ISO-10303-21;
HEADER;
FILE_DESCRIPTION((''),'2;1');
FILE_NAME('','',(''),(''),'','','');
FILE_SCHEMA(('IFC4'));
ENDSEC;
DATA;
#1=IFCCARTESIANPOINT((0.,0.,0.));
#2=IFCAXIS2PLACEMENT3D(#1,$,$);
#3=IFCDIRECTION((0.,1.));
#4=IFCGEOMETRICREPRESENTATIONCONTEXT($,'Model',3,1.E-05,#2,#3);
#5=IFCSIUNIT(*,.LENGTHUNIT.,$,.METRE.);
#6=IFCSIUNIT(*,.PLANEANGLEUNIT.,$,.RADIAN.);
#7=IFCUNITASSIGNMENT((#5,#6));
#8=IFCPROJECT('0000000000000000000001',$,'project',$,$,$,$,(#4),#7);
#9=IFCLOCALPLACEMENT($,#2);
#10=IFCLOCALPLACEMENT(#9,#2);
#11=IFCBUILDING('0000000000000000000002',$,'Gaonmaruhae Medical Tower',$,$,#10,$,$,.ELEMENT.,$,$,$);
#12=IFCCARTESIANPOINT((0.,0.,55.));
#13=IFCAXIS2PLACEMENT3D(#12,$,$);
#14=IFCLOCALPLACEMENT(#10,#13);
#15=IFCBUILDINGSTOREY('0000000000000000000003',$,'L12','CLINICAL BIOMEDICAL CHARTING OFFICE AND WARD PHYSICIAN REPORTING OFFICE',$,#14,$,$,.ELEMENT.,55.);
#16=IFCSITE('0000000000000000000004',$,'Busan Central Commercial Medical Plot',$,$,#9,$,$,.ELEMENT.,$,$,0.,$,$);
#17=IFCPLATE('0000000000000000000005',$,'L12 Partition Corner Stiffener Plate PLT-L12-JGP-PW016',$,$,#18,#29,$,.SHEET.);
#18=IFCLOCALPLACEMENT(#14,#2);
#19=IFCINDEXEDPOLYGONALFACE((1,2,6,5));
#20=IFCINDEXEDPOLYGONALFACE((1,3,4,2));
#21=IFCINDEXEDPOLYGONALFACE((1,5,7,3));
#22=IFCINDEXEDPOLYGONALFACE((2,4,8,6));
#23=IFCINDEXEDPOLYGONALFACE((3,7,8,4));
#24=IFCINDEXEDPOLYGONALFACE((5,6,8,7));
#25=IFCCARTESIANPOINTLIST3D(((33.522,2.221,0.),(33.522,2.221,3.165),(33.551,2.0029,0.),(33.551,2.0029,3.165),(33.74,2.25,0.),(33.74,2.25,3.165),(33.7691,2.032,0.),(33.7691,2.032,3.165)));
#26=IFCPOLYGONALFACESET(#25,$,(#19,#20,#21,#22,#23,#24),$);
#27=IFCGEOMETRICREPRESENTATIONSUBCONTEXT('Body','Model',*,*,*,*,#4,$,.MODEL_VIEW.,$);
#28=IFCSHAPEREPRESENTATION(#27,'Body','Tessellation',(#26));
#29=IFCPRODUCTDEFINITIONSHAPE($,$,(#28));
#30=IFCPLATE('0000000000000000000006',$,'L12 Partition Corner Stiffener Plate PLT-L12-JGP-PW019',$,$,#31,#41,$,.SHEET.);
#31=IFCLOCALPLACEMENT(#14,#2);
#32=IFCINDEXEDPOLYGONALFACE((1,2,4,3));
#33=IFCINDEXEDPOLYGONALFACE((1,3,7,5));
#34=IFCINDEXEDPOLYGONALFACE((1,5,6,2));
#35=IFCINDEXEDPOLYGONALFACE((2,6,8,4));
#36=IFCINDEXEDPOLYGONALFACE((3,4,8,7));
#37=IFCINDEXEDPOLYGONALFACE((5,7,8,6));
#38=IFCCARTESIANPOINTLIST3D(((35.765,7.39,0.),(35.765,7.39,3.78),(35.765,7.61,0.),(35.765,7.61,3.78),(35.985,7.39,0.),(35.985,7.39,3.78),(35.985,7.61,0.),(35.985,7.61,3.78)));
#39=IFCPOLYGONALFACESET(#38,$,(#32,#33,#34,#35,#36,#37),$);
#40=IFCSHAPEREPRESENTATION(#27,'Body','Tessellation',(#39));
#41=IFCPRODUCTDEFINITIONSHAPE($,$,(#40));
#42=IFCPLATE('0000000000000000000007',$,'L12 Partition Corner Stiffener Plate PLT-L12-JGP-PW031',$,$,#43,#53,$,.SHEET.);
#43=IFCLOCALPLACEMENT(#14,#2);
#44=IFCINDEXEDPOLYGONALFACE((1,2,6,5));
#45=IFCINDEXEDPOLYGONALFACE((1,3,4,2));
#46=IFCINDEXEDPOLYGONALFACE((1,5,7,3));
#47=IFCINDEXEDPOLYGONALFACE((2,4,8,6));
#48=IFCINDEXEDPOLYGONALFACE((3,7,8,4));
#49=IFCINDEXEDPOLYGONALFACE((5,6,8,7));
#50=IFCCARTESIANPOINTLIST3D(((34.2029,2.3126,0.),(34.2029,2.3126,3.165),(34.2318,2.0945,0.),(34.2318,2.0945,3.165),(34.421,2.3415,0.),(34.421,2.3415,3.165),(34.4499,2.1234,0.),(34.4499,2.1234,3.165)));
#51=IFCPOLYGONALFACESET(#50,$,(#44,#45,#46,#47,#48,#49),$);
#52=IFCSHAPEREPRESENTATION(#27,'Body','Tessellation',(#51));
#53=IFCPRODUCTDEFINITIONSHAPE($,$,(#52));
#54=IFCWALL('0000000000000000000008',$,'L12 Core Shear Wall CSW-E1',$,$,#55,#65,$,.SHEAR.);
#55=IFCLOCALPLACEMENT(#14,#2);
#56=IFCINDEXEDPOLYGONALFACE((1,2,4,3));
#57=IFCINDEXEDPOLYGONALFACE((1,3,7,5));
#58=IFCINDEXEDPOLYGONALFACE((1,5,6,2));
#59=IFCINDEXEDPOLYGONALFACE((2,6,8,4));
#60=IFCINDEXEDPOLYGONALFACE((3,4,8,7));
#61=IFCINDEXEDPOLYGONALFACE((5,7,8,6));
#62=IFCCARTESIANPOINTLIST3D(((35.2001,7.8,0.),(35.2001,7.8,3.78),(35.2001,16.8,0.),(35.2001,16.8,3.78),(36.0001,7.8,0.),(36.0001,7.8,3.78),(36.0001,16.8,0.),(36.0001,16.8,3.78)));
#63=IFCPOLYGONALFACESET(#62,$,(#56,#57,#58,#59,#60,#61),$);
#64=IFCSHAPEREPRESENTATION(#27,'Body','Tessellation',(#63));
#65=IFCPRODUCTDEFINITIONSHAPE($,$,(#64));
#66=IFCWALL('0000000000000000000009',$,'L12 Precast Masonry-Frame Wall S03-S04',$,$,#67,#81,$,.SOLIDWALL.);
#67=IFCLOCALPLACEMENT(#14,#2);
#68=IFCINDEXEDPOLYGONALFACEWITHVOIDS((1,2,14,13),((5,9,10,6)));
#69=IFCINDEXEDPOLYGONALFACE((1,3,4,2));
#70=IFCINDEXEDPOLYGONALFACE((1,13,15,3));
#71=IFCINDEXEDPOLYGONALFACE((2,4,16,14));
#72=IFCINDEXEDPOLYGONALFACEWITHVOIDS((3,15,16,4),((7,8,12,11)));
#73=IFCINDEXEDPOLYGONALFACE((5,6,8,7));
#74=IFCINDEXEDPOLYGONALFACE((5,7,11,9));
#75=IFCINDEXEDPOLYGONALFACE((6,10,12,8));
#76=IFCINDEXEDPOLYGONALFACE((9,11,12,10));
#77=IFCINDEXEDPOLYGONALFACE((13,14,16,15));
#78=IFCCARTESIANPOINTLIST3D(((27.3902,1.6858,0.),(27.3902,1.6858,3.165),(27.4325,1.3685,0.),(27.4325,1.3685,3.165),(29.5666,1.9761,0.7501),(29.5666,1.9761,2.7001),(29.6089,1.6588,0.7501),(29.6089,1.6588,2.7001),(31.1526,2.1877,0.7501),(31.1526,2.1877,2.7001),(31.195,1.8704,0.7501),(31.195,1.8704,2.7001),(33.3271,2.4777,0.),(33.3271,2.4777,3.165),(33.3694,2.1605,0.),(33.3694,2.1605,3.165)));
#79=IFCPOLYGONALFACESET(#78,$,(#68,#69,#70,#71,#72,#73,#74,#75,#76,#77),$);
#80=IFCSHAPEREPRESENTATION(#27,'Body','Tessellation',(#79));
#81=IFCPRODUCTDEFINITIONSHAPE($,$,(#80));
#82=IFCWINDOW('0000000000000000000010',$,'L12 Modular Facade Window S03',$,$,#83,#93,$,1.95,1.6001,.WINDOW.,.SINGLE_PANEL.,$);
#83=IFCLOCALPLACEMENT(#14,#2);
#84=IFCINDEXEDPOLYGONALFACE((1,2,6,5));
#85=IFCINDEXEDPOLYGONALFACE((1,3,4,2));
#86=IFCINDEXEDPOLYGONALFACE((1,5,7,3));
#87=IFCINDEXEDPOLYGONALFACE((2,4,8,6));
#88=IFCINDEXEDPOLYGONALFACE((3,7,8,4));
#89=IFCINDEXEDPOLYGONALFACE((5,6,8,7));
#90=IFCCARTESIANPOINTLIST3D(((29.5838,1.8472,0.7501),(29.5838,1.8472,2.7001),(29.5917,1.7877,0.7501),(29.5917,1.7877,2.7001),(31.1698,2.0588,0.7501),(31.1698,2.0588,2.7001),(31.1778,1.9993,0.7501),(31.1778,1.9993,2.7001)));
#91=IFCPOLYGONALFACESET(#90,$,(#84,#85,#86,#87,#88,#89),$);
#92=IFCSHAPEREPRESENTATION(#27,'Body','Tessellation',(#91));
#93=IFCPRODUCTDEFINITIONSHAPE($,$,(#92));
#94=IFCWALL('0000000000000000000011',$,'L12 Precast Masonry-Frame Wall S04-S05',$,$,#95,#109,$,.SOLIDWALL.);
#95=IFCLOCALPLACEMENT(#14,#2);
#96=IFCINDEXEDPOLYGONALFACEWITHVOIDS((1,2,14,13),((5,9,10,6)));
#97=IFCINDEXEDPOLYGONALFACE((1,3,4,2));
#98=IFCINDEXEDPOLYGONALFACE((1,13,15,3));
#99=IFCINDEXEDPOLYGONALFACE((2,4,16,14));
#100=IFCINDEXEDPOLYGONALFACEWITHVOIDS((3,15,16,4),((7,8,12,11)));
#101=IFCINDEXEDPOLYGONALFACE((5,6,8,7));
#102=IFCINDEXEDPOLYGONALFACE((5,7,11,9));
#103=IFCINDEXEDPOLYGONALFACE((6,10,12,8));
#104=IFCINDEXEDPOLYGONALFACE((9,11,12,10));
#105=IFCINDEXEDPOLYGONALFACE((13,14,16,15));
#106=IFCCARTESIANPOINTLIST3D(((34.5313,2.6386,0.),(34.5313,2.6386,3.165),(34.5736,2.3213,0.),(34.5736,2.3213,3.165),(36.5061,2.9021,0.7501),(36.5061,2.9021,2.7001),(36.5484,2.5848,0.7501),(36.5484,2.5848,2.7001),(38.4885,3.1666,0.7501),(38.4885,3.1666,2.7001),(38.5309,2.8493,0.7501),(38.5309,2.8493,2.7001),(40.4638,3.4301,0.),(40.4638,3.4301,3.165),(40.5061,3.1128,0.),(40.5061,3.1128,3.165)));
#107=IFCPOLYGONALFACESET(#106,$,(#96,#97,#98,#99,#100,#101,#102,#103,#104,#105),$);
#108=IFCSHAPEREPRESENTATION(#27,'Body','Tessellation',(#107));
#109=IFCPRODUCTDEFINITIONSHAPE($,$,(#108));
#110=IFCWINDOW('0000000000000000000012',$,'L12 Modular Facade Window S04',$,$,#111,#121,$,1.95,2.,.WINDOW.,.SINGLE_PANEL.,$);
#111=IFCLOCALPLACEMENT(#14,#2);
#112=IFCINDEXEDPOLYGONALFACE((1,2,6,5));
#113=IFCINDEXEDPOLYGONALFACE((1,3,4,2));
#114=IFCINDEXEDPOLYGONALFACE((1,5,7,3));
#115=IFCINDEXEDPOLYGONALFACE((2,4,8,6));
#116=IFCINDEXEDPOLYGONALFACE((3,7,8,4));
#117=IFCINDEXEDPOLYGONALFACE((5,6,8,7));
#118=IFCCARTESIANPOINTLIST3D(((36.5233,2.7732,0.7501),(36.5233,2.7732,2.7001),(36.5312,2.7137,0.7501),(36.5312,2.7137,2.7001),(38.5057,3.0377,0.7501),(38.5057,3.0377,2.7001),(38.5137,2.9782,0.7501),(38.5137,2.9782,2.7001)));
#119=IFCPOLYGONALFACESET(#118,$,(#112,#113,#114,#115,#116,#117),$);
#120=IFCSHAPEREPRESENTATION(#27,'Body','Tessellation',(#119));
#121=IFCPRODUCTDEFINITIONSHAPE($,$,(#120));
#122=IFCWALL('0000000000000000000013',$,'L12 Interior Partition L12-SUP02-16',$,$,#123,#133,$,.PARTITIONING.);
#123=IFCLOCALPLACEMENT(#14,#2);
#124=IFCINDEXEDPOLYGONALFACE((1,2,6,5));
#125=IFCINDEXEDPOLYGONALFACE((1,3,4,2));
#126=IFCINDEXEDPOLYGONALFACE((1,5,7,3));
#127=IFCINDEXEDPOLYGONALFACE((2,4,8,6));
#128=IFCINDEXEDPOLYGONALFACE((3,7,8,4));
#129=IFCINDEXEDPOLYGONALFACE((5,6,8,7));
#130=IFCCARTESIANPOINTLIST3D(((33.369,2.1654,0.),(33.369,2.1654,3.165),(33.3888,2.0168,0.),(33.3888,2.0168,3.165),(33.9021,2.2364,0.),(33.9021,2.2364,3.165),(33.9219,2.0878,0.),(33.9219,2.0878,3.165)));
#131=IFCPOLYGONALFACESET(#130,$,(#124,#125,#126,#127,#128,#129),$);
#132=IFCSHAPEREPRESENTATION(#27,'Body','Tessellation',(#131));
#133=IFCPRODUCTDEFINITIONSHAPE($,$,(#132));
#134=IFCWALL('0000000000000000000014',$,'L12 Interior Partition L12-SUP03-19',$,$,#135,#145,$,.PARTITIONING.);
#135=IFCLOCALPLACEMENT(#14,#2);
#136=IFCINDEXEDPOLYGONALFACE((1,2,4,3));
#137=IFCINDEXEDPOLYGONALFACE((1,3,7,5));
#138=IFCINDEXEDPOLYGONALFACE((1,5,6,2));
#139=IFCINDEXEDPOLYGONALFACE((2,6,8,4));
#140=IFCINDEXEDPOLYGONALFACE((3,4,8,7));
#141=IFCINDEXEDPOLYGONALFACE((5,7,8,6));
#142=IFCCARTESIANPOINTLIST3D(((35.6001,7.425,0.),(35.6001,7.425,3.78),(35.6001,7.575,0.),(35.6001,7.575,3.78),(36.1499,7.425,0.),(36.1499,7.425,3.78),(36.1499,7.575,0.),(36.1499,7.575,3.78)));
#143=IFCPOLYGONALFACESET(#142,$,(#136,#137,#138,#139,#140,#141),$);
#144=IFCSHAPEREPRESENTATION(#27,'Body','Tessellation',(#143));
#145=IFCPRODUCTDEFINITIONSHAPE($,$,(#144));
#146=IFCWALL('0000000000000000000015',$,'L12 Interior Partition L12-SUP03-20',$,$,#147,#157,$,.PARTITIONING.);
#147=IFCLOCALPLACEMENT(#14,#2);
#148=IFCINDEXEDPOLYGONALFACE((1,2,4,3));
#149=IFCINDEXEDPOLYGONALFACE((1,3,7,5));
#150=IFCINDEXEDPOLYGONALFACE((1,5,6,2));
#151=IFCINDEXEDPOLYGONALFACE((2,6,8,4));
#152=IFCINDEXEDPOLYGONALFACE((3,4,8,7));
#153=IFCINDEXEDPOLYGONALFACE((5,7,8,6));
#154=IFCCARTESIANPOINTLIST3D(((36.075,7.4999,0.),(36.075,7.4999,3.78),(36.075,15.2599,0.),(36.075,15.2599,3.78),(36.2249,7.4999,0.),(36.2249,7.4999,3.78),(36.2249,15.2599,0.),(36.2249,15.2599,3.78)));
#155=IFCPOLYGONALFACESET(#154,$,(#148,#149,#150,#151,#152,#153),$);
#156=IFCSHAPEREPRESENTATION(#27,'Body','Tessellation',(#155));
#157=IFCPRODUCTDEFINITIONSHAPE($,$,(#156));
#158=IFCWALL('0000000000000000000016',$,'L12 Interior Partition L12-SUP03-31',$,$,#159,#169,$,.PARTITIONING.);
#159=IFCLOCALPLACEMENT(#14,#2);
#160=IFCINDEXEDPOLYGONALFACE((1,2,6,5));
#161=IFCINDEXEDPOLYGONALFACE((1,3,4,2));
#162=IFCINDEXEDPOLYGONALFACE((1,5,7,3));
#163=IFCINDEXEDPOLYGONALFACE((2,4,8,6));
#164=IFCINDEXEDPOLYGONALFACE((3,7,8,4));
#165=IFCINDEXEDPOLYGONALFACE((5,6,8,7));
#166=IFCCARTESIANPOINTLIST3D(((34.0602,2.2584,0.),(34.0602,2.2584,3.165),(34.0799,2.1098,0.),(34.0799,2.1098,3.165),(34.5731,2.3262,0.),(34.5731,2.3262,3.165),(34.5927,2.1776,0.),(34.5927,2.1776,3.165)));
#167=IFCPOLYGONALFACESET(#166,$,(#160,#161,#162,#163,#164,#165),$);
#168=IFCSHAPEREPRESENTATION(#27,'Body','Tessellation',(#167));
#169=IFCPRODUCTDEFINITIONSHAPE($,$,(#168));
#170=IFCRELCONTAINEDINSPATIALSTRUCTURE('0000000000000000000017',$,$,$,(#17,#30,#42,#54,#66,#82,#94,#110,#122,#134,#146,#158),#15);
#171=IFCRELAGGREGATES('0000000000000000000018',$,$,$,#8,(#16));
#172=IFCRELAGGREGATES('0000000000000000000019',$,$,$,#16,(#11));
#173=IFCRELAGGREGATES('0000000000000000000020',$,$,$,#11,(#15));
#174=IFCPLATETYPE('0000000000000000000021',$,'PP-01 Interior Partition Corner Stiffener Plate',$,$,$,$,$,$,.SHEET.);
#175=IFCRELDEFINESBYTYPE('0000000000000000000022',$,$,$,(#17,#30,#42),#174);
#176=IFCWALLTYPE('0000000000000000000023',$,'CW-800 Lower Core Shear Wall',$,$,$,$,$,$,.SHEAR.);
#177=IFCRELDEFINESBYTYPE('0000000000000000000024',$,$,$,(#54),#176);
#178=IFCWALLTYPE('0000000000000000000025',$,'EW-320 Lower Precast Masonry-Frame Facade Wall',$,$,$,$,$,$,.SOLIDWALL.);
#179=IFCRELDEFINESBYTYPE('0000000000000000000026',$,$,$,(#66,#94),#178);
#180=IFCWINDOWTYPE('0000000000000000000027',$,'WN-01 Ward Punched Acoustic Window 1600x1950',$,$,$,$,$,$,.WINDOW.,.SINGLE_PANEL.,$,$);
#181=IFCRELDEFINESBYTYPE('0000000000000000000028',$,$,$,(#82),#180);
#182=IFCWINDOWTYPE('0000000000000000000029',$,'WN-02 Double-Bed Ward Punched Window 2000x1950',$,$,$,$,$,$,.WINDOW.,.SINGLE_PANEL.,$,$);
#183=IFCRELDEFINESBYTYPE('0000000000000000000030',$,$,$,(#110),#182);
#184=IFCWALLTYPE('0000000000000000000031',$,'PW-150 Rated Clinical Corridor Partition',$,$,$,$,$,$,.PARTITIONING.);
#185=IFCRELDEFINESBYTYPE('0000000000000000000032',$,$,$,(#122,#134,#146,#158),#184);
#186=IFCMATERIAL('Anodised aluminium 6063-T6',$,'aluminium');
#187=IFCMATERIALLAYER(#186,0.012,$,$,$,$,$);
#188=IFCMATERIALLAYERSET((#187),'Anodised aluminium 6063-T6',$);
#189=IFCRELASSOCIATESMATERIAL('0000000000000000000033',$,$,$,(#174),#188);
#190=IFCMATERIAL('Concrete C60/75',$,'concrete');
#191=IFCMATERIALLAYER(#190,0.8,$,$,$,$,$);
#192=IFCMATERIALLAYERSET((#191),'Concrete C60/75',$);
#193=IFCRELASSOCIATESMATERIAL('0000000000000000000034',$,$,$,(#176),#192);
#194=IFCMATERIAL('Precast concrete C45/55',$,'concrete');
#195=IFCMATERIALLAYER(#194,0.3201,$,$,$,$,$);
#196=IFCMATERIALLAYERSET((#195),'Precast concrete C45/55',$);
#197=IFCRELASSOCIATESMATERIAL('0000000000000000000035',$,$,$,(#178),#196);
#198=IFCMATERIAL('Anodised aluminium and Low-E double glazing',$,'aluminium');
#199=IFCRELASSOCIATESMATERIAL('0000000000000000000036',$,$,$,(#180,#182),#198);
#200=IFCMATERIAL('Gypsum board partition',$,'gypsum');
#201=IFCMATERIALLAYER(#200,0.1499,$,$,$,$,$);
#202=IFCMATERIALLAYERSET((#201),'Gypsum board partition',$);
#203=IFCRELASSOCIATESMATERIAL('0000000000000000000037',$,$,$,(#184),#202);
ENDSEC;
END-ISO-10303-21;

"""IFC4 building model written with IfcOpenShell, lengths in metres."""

from ifc_helpers import new_model, si_unit, direction, frame, frame_2d, origin, origin_2d, place, context, subcontext, project, spatial, rectangle, extrude, material, layer, layer_set, type_object, element, fill, save


model = new_model("IFC4")

# Units and contexts
model_context = context("Model", 3, precision=1e-05, world=origin(), true_north=direction((0.0, 1.0)))
body_context = subcontext(model_context, "Body", "Model", "MODEL_VIEW")
ifc_project = project(units=[si_unit("LENGTHUNIT", "METRE"), si_unit("PLANEANGLEUNIT", "RADIAN")], contexts=[model_context])

# Site, building, storey
site_placement = place(None, origin())
site = spatial("IfcSite", under=ifc_project, at=site_placement, Name="Busan Central Commercial Medical Plot", CompositionType="ELEMENT", RefElevation=0.0)
building_placement = place(site_placement, origin())
building = spatial("IfcBuilding", under=site, at=building_placement, Name="Gaonmaruhae Medical Tower", CompositionType="ELEMENT")
storey_placement = place(building_placement, frame((0.0, 0.0, 55.0)))
storey = spatial("IfcBuildingStorey", under=building, at=storey_placement, Name="L12", Description="CLINICAL BIOMEDICAL CHARTING OFFICE AND WARD PHYSICIAN REPORTING OFFICE", CompositionType="ELEMENT", Elevation=55.0)

# Shared definitions
ifc_material_1 = material(Name="Concrete C60/75", Category="concrete")

# Plates
ifc_material_2 = material(Name="Anodised aluminium 6063-T6", Category="aluminium")
ifc_layer_1 = layer(ifc_material_2, 0.012)
ifc_layer_set_1 = layer_set([ifc_layer_1], Name="Anodised aluminium 6063-T6")
plate_type = type_object("IfcPlateType", Name="PP-01 Interior Partition Corner Stiffener Plate", PredefinedType="SHEET", material=ifc_layer_set_1)
plate_1_placement = place(storey_placement, frame((33.6455, 2.1265, 0.0), z_axis=(0.0, 0.0, 1.0), x_axis=(-0.991243, -0.132049, 0.0)))
element("IfcPlate", 1, at=plate_1_placement, inside=storey, type_object=plate_type, Name="L12 Partition Corner Stiffener Plate PLT-L12-JGP-PW016", PredefinedType="SHEET", context=body_context, shape_type="SweptSolid", body=[
    extrude(rectangle(XDim=0.22, YDim=0.22, at=origin_2d()), origin(), (0.0, 0.0, 1.0), 3.165),
])
plate_2_placement = place(storey_placement, frame((35.875, 7.5, 0.0), z_axis=(0.0, 0.0, 1.0), x_axis=(1.0, 0.0, 0.0)))
element("IfcPlate", 2, at=plate_2_placement, inside=storey, type_object=plate_type, Name="L12 Partition Corner Stiffener Plate PLT-L12-JGP-PW019", PredefinedType="SHEET", context=body_context, shape_type="SweptSolid", body=[
    extrude(rectangle(XDim=0.22, YDim=0.22, at=origin_2d()), origin(), (0.0, 0.0, 1.0), 3.78),
])
plate_3_placement = place(storey_placement, frame((34.3264, 2.218, 0.0), z_axis=(0.0, 0.0, 1.0), x_axis=(-0.991328, -0.131409, 0.0)))
element("IfcPlate", 3, at=plate_3_placement, inside=storey, type_object=plate_type, Name="L12 Partition Corner Stiffener Plate PLT-L12-JGP-PW031", PredefinedType="SHEET", context=body_context, shape_type="SweptSolid", body=[
    extrude(rectangle(XDim=0.22, YDim=0.22, at=origin_2d()), origin(), (0.0, 0.0, 1.0), 3.165),
])

# Wall
ifc_layer_2 = layer(ifc_material_1, 0.8)
ifc_layer_set_2 = layer_set([ifc_layer_2], Name="Concrete C60/75")
wall_type_1 = type_object("IfcWallType", Name="CW-800 Lower Core Shear Wall", PredefinedType="SHEAR", material=ifc_layer_set_2)
wall_1_placement = place(storey_placement, frame((35.6001, 7.8, 0.0), z_axis=(0.0, 0.0, 1.0), x_axis=(0.0, 1.0, 0.0)))
element("IfcWall", 4, at=wall_1_placement, inside=storey, type_object=wall_type_1, Name="L12 Core Shear Wall CSW-E1", PredefinedType="SHEAR", context=body_context, shape_type="SweptSolid", body=[
    extrude(rectangle(XDim=9.0, YDim=0.8, at=frame_2d((4.5, 0.0))), origin(), (0.0, 0.0, 1.0), 3.78),
])

# Walls, openings, windows
ifc_material_3 = material(Name="Precast concrete C45/55", Category="concrete")
ifc_layer_3 = layer(ifc_material_3, 0.3201)
ifc_layer_set_3 = layer_set([ifc_layer_3], Name="Precast concrete C45/55")
wall_type_2 = type_object("IfcWallType", Name="EW-320 Lower Precast Masonry-Frame Facade Wall", PredefinedType="SOLIDWALL", material=ifc_layer_set_3)
wall_2_placement = place(storey_placement, frame((33.3481, 2.3191, 0.0), z_axis=(0.0, 0.0, 1.0), x_axis=(-0.991219, -0.132228, 0.0)))
wall_2 = element("IfcWall", 5, at=wall_2_placement, inside=storey, type_object=wall_type_2, Name="L12 Precast Masonry-Frame Wall S03-S04", PredefinedType="SOLIDWALL", context=body_context, shape_type="SweptSolid", body=[
    extrude(rectangle(XDim=5.9895, YDim=0.3201, at=frame_2d((2.9946, 0.0))), origin(), (0.0, 0.0, 1.0), 3.165),
])
opening_1_placement = place(wall_2_placement, frame((2.1936, 0.0, 0.75)))
opening_1 = element("IfcOpeningElement", 6, at=opening_1_placement, cuts=wall_2, PredefinedType="OPENING", context=body_context, shape_type="SweptSolid", body=[
    extrude(rectangle(XDim=1.6001, YDim=1.95, at=frame_2d((0.8, 0.9751))), frame((0.0, 0.1699, 0.0), z_axis=(0.0, -1.0, 0.0), x_axis=(1.0, 0.0, 0.0)), (0.0, 0.0, 1.0), 0.3401),
])
ifc_material_4 = material(Name="Anodised aluminium and Low-E double glazing", Category="aluminium")
window_type_1 = type_object("IfcWindowType", Name="WN-01 Ward Punched Acoustic Window 1600x1950", PartitioningType="SINGLE_PANEL", PredefinedType="WINDOW", material=ifc_material_4)
window_1_placement = place(opening_1_placement, origin())
window_1 = element("IfcWindow", 7, at=window_1_placement, inside=storey, type_object=window_type_1, Name="L12 Modular Facade Window S03", OverallHeight=1.95, OverallWidth=1.6001, PartitioningType="SINGLE_PANEL", PredefinedType="WINDOW", context=body_context, shape_type="SweptSolid", body=[
    extrude(rectangle(XDim=1.6001, YDim=1.95, at=frame_2d((0.8, 0.9751))), frame((0.0, 0.03, 0.0), z_axis=(0.0, -1.0, 0.0), x_axis=(1.0, 0.0, 0.0)), (0.0, 0.0, 1.0), 0.0601),
])
fill(opening_1, window_1)
wall_3_placement = place(storey_placement, frame((40.4851, 3.2715, 0.0), z_axis=(0.0, 0.0, 1.0), x_axis=(-0.991217, -0.132244, 0.0)))
wall_3 = element("IfcWall", 8, at=wall_3_placement, inside=storey, type_object=wall_type_2, Name="L12 Precast Masonry-Frame Wall S04-S05", PredefinedType="SOLIDWALL", context=body_context, shape_type="SweptSolid", body=[
    extrude(rectangle(XDim=5.9851, YDim=0.3201, at=frame_2d((2.9927, 0.0))), origin(), (0.0, 0.0, 1.0), 3.165),
])
opening_2_placement = place(wall_3_placement, frame((1.9929, 0.0, 0.75)))
opening_2 = element("IfcOpeningElement", 9, at=opening_2_placement, cuts=wall_3, PredefinedType="OPENING", context=body_context, shape_type="SweptSolid", body=[
    extrude(rectangle(XDim=2.0, YDim=1.95, at=frame_2d((1.0, 0.9751))), frame((0.0, 0.1699, 0.0), z_axis=(0.0, -1.0, 0.0), x_axis=(1.0, 0.0, 0.0)), (0.0, 0.0, 1.0), 0.3401),
])
window_type_2 = type_object("IfcWindowType", Name="WN-02 Double-Bed Ward Punched Window 2000x1950", PartitioningType="SINGLE_PANEL", PredefinedType="WINDOW", material=ifc_material_4)
window_2_placement = place(opening_2_placement, origin())
window_2 = element("IfcWindow", 10, at=window_2_placement, inside=storey, type_object=window_type_2, Name="L12 Modular Facade Window S04", OverallHeight=1.95, OverallWidth=2.0, PartitioningType="SINGLE_PANEL", PredefinedType="WINDOW", context=body_context, shape_type="SweptSolid", body=[
    extrude(rectangle(XDim=2.0, YDim=1.95, at=frame_2d((1.0, 0.9751))), frame((0.0, 0.03, 0.0), z_axis=(0.0, -1.0, 0.0), x_axis=(1.0, 0.0, 0.0)), (0.0, 0.0, 1.0), 0.0601),
])
fill(opening_2, window_2)

# Walls
ifc_material_5 = material(Name="Gypsum board partition", Category="gypsum")
ifc_layer_4 = layer(ifc_material_5, 0.1499)
ifc_layer_set_4 = layer_set([ifc_layer_4], Name="Gypsum board partition")
wall_type_3 = type_object("IfcWallType", Name="PW-150 Rated Clinical Corridor Partition", PredefinedType="PARTITIONING", material=ifc_layer_set_4)
wall_4_placement = place(storey_placement, frame((33.9121, 2.1621, 0.0), z_axis=(0.0, 0.0, 1.0), x_axis=(-0.99124, -0.132075, 0.0)))
element("IfcWall", 11, at=wall_4_placement, inside=storey, type_object=wall_type_3, Name="L12 Interior Partition L12-SUP02-16", PredefinedType="PARTITIONING", context=body_context, shape_type="SweptSolid", body=[
    extrude(rectangle(XDim=0.5378, YDim=0.1499, at=frame_2d((0.269, 0.0))), origin(), (0.0, 0.0, 1.0), 3.165),
])
wall_5_placement = place(storey_placement, frame((35.6001, 7.5, 0.0), z_axis=(0.0, 0.0, 1.0), x_axis=(1.0, 0.0, 0.0)))
element("IfcWall", 12, at=wall_5_placement, inside=storey, type_object=wall_type_3, Name="L12 Interior Partition L12-SUP03-19", PredefinedType="PARTITIONING", context=body_context, shape_type="SweptSolid", body=[
    extrude(rectangle(XDim=0.5498, YDim=0.1499, at=frame_2d((0.2749, 0.0))), origin(), (0.0, 0.0, 1.0), 3.78),
])
wall_6_placement = place(storey_placement, frame((36.1499, 7.5, 0.0), z_axis=(0.0, 0.0, 1.0), x_axis=(0.0, 1.0, 0.0)))
element("IfcWall", 13, at=wall_6_placement, inside=storey, type_object=wall_type_3, Name="L12 Interior Partition L12-SUP03-20", PredefinedType="PARTITIONING", context=body_context, shape_type="SweptSolid", body=[
    extrude(rectangle(XDim=7.76, YDim=0.1499, at=frame_2d((3.8799, 0.0))), origin(), (0.0, 0.0, 1.0), 3.78),
])
wall_7_placement = place(storey_placement, frame((34.583, 2.252, 0.0), z_axis=(0.0, 0.0, 1.0), x_axis=(-0.991359, -0.131175, 0.0)))
element("IfcWall", 14, at=wall_7_placement, inside=storey, type_object=wall_type_3, Name="L12 Interior Partition L12-SUP03-31", PredefinedType="PARTITIONING", context=body_context, shape_type="SweptSolid", body=[
    extrude(rectangle(XDim=0.5173, YDim=0.1499, at=frame_2d((0.2588, 0.0))), origin(), (0.0, 0.0, 1.0), 3.165),
])

save(model, "model.ifc")
